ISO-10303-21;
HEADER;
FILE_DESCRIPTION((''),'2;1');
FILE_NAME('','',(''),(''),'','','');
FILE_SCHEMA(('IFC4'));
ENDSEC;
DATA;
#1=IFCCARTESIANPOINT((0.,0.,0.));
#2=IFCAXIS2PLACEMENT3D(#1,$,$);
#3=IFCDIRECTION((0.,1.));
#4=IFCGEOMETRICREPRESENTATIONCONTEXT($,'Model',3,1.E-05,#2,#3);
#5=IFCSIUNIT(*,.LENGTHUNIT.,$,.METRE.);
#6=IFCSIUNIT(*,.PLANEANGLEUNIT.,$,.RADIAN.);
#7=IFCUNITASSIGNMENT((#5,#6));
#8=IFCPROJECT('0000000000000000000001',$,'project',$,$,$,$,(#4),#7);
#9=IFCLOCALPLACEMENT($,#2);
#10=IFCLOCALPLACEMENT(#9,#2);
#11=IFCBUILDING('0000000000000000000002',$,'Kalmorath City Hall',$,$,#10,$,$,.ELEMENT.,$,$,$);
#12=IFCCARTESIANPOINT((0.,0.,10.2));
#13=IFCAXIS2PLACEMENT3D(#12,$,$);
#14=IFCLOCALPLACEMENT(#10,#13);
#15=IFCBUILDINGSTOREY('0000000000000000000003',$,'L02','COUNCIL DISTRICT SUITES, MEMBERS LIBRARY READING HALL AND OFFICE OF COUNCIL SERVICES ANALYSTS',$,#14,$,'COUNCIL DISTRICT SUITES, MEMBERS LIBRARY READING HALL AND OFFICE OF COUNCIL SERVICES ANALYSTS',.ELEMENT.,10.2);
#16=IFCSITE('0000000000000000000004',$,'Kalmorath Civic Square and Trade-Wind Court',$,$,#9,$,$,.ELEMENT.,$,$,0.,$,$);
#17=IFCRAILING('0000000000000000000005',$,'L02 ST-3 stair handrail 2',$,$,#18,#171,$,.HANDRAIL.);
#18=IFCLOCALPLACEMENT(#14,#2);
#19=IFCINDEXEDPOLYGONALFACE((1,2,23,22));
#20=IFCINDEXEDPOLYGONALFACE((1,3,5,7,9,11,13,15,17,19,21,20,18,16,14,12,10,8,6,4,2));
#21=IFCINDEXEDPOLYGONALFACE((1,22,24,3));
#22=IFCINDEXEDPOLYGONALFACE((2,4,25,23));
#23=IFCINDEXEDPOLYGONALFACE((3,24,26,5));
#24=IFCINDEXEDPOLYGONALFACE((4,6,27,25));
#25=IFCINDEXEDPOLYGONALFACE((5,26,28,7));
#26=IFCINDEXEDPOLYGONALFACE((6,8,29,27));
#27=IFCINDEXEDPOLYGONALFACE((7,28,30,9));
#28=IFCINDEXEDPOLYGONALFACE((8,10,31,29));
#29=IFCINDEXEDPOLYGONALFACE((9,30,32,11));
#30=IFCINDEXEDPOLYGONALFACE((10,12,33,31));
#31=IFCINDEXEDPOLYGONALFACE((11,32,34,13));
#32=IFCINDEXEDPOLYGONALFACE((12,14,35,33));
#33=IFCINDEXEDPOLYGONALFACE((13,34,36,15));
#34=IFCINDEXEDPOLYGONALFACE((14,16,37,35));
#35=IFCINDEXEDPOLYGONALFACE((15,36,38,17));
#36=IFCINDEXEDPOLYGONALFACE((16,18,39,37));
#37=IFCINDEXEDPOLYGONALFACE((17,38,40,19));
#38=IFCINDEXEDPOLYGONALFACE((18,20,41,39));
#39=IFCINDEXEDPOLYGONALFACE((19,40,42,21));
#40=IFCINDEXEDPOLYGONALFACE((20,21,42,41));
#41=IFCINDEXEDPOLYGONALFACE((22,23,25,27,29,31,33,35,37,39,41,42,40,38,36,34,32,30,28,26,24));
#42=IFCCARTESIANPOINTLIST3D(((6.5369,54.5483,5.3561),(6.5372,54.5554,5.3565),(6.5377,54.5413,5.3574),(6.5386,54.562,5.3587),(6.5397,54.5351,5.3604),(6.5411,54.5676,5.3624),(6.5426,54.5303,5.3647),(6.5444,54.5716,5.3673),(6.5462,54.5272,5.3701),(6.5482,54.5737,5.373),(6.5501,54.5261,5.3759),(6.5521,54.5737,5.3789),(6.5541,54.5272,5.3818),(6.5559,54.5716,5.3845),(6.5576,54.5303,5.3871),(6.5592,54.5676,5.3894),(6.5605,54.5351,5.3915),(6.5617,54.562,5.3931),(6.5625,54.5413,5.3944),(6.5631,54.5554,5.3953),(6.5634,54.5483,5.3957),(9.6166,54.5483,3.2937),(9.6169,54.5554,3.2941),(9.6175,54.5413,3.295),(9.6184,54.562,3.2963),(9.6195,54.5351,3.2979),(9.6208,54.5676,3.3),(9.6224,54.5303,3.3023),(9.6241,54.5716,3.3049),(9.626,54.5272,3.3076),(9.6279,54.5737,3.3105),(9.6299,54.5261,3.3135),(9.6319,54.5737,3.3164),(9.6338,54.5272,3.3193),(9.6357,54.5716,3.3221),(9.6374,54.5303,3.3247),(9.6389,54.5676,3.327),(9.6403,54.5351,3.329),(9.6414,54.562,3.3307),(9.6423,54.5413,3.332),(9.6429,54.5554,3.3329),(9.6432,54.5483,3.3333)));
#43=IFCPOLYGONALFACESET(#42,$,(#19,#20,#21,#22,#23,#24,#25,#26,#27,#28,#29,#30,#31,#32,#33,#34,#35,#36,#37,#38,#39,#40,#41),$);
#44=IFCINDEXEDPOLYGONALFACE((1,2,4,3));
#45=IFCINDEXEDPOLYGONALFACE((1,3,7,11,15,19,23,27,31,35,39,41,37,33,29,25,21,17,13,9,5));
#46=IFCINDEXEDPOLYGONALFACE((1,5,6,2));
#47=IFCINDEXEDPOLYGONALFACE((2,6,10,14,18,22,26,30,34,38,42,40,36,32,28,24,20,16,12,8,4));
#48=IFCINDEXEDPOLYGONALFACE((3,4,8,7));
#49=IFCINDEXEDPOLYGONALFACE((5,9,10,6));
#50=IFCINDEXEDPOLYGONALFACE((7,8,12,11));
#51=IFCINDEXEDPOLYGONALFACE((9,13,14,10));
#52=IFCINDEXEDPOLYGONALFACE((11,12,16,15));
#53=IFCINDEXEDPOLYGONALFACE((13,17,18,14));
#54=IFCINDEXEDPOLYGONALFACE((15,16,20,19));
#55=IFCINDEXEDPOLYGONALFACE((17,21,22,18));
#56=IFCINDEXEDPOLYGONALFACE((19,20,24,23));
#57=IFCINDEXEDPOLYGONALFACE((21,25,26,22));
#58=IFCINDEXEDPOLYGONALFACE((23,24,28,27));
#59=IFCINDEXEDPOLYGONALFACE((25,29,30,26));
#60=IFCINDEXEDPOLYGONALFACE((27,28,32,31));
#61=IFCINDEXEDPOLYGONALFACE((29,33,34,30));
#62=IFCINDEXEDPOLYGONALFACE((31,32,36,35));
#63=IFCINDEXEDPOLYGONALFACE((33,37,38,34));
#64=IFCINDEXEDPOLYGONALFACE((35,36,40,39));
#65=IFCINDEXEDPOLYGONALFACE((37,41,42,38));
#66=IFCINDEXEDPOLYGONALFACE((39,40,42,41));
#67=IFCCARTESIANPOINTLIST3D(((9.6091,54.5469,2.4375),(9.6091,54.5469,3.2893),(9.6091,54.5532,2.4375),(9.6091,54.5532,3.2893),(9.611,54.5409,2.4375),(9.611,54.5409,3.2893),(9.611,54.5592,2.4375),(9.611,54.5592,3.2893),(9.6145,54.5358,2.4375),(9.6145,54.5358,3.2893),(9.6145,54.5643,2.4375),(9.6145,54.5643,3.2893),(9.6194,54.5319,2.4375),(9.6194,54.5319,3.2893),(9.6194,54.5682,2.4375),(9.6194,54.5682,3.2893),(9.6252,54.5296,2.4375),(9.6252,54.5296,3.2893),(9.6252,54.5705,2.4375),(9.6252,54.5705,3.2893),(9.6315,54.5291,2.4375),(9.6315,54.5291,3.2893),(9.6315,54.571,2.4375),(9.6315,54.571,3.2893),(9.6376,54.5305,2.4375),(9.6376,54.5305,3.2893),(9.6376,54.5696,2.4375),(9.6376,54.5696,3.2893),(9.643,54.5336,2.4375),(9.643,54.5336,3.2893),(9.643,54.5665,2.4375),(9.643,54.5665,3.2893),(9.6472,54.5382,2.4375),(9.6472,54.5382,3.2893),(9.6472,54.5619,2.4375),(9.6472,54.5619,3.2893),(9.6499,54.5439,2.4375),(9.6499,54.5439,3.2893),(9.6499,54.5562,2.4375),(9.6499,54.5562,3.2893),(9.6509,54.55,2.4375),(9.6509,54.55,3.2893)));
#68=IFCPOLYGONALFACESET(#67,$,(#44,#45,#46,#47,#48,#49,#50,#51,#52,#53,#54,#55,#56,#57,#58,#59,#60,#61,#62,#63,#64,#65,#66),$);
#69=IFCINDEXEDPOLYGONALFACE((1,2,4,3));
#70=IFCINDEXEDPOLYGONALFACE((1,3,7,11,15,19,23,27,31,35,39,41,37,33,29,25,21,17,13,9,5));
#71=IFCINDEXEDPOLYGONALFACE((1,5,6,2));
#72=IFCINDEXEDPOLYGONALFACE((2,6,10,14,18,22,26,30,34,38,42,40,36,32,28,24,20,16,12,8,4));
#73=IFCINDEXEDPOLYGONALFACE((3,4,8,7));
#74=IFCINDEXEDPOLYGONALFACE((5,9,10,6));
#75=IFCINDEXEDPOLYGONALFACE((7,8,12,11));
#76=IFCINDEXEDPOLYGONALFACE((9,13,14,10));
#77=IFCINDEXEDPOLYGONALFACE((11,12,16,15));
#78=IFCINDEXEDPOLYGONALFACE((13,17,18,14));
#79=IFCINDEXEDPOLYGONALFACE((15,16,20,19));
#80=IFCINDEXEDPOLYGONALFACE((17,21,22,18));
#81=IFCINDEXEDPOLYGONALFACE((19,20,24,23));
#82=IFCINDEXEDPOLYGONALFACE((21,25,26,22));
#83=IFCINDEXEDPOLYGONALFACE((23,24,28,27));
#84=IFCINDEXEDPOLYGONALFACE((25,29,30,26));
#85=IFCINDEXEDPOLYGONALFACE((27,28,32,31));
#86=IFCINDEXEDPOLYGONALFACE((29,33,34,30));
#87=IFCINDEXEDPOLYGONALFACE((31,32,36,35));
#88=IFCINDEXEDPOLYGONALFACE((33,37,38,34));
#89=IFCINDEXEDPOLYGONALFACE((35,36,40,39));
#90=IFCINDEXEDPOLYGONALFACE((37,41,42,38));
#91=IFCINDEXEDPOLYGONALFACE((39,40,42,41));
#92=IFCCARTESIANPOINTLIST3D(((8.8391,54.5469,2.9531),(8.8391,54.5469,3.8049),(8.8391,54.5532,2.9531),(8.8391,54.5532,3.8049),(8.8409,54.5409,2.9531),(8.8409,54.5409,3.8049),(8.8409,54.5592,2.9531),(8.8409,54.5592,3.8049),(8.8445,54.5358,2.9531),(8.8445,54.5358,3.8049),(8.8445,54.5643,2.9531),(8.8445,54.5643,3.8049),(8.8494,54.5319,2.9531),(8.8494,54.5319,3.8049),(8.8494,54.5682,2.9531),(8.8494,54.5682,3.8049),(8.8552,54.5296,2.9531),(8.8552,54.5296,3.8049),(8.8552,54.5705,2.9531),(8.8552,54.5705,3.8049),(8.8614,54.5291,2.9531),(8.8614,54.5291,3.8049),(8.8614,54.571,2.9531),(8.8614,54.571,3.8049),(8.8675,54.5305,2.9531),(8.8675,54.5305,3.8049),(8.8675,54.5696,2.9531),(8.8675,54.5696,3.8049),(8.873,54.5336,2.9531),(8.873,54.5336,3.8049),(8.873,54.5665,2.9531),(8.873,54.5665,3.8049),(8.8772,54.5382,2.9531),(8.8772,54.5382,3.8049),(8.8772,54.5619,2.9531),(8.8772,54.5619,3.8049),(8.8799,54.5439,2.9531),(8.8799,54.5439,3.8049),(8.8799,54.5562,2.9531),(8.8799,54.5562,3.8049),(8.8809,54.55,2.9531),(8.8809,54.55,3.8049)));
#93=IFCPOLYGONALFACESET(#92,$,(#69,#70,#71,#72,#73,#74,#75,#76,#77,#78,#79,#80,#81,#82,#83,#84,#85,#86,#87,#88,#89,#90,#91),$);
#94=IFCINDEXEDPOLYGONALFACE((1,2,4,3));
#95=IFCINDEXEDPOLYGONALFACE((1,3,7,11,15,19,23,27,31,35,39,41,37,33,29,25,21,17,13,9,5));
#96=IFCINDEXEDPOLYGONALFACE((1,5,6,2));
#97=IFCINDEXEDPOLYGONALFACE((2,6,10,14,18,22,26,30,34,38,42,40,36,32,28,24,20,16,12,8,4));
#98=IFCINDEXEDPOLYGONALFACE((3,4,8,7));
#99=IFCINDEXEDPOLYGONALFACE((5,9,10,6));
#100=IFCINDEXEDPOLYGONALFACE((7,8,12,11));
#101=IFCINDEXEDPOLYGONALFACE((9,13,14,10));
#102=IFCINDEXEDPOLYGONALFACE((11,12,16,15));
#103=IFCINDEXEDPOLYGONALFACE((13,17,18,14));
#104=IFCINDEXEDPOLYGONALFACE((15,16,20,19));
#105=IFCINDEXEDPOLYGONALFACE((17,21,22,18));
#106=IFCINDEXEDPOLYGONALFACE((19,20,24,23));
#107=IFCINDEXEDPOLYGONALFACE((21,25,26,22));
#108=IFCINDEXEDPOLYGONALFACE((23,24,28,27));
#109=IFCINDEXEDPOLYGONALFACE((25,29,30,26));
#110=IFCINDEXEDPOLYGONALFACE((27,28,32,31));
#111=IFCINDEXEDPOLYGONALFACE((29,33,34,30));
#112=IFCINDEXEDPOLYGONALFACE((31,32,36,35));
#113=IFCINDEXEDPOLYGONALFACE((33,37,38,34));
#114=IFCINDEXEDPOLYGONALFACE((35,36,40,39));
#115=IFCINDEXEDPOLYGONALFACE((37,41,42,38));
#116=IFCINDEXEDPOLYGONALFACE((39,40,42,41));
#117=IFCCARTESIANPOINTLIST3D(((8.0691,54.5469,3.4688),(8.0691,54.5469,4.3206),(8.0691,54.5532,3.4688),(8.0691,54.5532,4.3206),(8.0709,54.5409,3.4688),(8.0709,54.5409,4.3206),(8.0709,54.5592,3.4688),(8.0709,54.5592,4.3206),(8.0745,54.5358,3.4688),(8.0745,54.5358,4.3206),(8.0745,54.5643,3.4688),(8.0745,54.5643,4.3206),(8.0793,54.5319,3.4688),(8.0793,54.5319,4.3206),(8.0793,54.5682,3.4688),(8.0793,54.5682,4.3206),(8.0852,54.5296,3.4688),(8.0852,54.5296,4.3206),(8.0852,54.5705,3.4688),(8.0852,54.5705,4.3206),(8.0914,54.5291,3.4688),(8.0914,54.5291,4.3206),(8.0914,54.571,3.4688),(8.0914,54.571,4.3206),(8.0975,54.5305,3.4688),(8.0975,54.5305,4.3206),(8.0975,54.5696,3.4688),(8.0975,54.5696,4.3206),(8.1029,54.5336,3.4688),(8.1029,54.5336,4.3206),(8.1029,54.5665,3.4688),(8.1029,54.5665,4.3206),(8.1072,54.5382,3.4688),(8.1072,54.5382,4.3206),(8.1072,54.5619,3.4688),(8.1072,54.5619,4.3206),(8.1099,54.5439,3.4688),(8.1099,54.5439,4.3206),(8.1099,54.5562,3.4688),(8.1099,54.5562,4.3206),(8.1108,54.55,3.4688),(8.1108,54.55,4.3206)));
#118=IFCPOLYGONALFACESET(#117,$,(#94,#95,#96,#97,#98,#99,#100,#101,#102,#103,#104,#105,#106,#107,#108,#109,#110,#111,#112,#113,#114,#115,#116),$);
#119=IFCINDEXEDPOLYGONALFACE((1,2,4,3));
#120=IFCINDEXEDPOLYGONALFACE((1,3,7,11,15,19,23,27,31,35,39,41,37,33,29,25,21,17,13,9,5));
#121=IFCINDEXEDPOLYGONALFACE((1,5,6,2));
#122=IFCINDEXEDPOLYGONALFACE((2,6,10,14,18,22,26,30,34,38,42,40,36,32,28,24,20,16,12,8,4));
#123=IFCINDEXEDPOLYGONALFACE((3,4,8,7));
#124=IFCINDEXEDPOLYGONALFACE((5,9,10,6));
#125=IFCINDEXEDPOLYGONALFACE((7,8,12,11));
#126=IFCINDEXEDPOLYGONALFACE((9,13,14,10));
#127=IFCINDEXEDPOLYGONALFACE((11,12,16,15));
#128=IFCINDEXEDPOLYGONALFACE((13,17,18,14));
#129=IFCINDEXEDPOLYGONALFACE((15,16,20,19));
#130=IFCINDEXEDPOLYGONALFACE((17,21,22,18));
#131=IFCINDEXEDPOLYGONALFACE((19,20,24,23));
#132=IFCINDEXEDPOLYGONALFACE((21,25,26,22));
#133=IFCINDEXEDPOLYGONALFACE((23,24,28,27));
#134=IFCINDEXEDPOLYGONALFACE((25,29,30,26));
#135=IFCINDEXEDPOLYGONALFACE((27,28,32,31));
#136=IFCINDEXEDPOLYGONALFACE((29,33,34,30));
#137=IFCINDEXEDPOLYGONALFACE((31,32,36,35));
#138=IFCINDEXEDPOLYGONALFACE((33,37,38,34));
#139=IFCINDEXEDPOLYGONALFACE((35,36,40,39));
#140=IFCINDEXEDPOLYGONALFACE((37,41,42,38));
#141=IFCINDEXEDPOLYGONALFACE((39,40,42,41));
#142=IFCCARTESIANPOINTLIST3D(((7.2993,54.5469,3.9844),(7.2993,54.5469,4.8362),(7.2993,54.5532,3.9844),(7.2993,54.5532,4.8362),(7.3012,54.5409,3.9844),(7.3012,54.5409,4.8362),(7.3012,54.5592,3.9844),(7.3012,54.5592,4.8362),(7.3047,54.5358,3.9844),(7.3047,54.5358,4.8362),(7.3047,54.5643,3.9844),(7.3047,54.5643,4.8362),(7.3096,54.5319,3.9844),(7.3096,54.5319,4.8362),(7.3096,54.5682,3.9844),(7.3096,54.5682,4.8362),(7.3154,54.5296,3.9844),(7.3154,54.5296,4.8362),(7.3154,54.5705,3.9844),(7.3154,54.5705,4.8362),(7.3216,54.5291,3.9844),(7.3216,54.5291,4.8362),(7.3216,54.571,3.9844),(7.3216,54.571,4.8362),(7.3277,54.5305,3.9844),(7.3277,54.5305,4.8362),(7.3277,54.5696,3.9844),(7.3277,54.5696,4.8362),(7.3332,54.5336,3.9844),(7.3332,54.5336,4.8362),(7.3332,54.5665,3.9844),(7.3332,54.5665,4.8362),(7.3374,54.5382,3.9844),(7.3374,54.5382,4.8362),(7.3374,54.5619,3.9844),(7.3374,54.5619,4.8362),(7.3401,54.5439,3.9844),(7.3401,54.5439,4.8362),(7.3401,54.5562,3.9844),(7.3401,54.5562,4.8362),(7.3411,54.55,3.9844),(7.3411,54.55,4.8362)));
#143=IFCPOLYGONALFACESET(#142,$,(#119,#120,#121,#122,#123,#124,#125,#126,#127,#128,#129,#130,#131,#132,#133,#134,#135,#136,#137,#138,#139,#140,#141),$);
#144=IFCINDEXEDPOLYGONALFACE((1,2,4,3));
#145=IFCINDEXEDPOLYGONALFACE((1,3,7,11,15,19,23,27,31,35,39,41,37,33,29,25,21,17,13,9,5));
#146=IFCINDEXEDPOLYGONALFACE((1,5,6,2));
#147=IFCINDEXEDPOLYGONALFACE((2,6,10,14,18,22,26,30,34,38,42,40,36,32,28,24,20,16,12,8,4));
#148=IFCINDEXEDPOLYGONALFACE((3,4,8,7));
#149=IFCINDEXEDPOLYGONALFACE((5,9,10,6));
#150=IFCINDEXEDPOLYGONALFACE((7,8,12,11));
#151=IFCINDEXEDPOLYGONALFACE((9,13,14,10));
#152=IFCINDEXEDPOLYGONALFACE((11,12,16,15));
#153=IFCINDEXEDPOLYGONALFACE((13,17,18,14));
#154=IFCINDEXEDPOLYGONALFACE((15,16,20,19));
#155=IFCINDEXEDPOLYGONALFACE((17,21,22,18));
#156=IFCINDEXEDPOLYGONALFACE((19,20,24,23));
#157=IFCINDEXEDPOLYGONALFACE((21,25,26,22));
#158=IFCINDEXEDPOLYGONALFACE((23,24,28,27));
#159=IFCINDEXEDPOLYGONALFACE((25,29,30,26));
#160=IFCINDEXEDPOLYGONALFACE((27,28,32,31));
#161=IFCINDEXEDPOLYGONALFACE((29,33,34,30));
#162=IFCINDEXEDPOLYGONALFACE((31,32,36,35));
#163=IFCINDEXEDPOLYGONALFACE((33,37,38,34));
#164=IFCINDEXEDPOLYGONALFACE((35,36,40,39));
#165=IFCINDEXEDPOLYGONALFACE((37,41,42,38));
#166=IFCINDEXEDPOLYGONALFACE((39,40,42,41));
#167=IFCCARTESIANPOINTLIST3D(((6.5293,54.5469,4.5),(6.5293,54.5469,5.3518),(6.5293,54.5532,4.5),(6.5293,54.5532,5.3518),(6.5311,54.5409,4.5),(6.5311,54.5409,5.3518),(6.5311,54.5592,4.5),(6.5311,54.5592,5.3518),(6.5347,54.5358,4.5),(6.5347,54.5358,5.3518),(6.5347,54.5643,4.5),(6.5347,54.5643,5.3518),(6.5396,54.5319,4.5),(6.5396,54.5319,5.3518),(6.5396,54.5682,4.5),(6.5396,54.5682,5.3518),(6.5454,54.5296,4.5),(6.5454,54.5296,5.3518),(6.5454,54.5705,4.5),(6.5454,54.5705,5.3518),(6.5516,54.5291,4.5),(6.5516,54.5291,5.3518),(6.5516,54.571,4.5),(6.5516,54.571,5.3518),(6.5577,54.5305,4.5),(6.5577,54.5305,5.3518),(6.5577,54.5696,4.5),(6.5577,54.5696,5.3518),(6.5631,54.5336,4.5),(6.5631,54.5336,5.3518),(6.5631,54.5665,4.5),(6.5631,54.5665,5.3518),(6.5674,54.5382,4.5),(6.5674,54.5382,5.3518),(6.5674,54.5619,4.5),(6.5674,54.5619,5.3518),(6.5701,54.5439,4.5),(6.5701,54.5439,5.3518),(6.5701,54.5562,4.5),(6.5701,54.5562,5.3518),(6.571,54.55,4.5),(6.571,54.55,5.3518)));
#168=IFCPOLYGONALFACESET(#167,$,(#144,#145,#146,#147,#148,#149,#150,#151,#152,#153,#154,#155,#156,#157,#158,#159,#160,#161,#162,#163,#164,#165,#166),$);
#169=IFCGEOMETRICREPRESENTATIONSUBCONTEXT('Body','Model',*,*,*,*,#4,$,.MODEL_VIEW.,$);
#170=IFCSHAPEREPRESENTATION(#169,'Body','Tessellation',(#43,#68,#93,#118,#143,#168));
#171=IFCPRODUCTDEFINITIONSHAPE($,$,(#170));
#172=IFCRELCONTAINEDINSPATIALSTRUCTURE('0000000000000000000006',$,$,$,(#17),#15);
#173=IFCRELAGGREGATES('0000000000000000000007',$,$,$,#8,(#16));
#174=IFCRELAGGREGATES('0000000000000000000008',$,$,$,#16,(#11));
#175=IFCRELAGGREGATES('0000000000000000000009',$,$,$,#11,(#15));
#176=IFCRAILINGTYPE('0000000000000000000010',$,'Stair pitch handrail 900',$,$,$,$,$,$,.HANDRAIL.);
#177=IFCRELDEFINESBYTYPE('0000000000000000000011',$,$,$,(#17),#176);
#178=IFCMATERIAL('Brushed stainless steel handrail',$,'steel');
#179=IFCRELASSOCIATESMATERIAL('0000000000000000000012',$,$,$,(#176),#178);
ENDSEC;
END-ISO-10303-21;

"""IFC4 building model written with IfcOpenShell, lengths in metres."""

from ifc_helpers import new_model, si_unit, direction, frame, origin, origin_2d, place, context, subcontext, project, spatial, circle, extrude, material, type_object, element, save


model = new_model("IFC4")

# Units and contexts
model_context = context("Model", 3, precision=1e-05, world=origin(), true_north=direction((0.0, 1.0)))
body_context = subcontext(model_context, "Body", "Model", "MODEL_VIEW")
ifc_project = project(units=[si_unit("LENGTHUNIT", "METRE"), si_unit("PLANEANGLEUNIT", "RADIAN")], contexts=[model_context])

# Site, building, storey
site_placement = place(None, origin())
site = spatial("IfcSite", under=ifc_project, at=site_placement, Name="Kalmorath Civic Square and Trade-Wind Court", CompositionType="ELEMENT", RefElevation=0.0)
building_placement = place(site_placement, origin())
building = spatial("IfcBuilding", under=site, at=building_placement, Name="Kalmorath City Hall", CompositionType="ELEMENT")
storey_placement = place(building_placement, frame((0.0, 0.0, 10.2)))
storey = spatial("IfcBuildingStorey", under=building, at=storey_placement, Name="L02", Description="COUNCIL DISTRICT SUITES, MEMBERS LIBRARY READING HALL AND OFFICE OF COUNCIL SERVICES ANALYSTS", LongName="COUNCIL DISTRICT SUITES, MEMBERS LIBRARY READING HALL AND OFFICE OF COUNCIL SERVICES ANALYSTS", CompositionType="ELEMENT", Elevation=10.2)

# Railing
ifc_material_1 = material(Name="Brushed stainless steel handrail", Category="steel")
railing_type_1 = type_object("IfcRailingType", Name="Stair pitch handrail 900", PredefinedType="HANDRAIL", material=ifc_material_1)
railing_1_placement = place(storey_placement, frame((9.6299, 54.55, 2.4375)))
element("IfcRailing", 1, at=railing_1_placement, inside=storey, type_object=railing_type_1, Name="L02 ST-3 stair handrail 2", PredefinedType="HANDRAIL", context=body_context, shape_type="SweptSolid", body=[
    extrude(circle(Radius=0.0239, at=origin_2d()), frame((0.0, 0.0, 0.876), z_axis=(-0.830893, 0.0, 0.556432), x_axis=(0.0, -1.0, 0.0)), (0.0, 0.0, 1.0), 3.7065),
    extrude(circle(Radius=0.021, at=origin_2d()), origin(), (0.0, 0.0, 1.0), 0.8518),
    extrude(circle(Radius=0.021, at=origin_2d()), frame((-0.77, 0.0, 0.5156)), (0.0, 0.0, 1.0), 0.8518),
    extrude(circle(Radius=0.021, at=origin_2d()), frame((-1.54, 0.0, 1.0312)), (0.0, 0.0, 1.0), 0.8518),
    extrude(circle(Radius=0.021, at=origin_2d()), frame((-2.3098, 0.0, 1.5469)), (0.0, 0.0, 1.0), 0.8518),
    extrude(circle(Radius=0.021, at=origin_2d()), frame((-3.0798, 0.0, 2.0625)), (0.0, 0.0, 1.0), 0.8518),
])

save(model, "model.ifc")
